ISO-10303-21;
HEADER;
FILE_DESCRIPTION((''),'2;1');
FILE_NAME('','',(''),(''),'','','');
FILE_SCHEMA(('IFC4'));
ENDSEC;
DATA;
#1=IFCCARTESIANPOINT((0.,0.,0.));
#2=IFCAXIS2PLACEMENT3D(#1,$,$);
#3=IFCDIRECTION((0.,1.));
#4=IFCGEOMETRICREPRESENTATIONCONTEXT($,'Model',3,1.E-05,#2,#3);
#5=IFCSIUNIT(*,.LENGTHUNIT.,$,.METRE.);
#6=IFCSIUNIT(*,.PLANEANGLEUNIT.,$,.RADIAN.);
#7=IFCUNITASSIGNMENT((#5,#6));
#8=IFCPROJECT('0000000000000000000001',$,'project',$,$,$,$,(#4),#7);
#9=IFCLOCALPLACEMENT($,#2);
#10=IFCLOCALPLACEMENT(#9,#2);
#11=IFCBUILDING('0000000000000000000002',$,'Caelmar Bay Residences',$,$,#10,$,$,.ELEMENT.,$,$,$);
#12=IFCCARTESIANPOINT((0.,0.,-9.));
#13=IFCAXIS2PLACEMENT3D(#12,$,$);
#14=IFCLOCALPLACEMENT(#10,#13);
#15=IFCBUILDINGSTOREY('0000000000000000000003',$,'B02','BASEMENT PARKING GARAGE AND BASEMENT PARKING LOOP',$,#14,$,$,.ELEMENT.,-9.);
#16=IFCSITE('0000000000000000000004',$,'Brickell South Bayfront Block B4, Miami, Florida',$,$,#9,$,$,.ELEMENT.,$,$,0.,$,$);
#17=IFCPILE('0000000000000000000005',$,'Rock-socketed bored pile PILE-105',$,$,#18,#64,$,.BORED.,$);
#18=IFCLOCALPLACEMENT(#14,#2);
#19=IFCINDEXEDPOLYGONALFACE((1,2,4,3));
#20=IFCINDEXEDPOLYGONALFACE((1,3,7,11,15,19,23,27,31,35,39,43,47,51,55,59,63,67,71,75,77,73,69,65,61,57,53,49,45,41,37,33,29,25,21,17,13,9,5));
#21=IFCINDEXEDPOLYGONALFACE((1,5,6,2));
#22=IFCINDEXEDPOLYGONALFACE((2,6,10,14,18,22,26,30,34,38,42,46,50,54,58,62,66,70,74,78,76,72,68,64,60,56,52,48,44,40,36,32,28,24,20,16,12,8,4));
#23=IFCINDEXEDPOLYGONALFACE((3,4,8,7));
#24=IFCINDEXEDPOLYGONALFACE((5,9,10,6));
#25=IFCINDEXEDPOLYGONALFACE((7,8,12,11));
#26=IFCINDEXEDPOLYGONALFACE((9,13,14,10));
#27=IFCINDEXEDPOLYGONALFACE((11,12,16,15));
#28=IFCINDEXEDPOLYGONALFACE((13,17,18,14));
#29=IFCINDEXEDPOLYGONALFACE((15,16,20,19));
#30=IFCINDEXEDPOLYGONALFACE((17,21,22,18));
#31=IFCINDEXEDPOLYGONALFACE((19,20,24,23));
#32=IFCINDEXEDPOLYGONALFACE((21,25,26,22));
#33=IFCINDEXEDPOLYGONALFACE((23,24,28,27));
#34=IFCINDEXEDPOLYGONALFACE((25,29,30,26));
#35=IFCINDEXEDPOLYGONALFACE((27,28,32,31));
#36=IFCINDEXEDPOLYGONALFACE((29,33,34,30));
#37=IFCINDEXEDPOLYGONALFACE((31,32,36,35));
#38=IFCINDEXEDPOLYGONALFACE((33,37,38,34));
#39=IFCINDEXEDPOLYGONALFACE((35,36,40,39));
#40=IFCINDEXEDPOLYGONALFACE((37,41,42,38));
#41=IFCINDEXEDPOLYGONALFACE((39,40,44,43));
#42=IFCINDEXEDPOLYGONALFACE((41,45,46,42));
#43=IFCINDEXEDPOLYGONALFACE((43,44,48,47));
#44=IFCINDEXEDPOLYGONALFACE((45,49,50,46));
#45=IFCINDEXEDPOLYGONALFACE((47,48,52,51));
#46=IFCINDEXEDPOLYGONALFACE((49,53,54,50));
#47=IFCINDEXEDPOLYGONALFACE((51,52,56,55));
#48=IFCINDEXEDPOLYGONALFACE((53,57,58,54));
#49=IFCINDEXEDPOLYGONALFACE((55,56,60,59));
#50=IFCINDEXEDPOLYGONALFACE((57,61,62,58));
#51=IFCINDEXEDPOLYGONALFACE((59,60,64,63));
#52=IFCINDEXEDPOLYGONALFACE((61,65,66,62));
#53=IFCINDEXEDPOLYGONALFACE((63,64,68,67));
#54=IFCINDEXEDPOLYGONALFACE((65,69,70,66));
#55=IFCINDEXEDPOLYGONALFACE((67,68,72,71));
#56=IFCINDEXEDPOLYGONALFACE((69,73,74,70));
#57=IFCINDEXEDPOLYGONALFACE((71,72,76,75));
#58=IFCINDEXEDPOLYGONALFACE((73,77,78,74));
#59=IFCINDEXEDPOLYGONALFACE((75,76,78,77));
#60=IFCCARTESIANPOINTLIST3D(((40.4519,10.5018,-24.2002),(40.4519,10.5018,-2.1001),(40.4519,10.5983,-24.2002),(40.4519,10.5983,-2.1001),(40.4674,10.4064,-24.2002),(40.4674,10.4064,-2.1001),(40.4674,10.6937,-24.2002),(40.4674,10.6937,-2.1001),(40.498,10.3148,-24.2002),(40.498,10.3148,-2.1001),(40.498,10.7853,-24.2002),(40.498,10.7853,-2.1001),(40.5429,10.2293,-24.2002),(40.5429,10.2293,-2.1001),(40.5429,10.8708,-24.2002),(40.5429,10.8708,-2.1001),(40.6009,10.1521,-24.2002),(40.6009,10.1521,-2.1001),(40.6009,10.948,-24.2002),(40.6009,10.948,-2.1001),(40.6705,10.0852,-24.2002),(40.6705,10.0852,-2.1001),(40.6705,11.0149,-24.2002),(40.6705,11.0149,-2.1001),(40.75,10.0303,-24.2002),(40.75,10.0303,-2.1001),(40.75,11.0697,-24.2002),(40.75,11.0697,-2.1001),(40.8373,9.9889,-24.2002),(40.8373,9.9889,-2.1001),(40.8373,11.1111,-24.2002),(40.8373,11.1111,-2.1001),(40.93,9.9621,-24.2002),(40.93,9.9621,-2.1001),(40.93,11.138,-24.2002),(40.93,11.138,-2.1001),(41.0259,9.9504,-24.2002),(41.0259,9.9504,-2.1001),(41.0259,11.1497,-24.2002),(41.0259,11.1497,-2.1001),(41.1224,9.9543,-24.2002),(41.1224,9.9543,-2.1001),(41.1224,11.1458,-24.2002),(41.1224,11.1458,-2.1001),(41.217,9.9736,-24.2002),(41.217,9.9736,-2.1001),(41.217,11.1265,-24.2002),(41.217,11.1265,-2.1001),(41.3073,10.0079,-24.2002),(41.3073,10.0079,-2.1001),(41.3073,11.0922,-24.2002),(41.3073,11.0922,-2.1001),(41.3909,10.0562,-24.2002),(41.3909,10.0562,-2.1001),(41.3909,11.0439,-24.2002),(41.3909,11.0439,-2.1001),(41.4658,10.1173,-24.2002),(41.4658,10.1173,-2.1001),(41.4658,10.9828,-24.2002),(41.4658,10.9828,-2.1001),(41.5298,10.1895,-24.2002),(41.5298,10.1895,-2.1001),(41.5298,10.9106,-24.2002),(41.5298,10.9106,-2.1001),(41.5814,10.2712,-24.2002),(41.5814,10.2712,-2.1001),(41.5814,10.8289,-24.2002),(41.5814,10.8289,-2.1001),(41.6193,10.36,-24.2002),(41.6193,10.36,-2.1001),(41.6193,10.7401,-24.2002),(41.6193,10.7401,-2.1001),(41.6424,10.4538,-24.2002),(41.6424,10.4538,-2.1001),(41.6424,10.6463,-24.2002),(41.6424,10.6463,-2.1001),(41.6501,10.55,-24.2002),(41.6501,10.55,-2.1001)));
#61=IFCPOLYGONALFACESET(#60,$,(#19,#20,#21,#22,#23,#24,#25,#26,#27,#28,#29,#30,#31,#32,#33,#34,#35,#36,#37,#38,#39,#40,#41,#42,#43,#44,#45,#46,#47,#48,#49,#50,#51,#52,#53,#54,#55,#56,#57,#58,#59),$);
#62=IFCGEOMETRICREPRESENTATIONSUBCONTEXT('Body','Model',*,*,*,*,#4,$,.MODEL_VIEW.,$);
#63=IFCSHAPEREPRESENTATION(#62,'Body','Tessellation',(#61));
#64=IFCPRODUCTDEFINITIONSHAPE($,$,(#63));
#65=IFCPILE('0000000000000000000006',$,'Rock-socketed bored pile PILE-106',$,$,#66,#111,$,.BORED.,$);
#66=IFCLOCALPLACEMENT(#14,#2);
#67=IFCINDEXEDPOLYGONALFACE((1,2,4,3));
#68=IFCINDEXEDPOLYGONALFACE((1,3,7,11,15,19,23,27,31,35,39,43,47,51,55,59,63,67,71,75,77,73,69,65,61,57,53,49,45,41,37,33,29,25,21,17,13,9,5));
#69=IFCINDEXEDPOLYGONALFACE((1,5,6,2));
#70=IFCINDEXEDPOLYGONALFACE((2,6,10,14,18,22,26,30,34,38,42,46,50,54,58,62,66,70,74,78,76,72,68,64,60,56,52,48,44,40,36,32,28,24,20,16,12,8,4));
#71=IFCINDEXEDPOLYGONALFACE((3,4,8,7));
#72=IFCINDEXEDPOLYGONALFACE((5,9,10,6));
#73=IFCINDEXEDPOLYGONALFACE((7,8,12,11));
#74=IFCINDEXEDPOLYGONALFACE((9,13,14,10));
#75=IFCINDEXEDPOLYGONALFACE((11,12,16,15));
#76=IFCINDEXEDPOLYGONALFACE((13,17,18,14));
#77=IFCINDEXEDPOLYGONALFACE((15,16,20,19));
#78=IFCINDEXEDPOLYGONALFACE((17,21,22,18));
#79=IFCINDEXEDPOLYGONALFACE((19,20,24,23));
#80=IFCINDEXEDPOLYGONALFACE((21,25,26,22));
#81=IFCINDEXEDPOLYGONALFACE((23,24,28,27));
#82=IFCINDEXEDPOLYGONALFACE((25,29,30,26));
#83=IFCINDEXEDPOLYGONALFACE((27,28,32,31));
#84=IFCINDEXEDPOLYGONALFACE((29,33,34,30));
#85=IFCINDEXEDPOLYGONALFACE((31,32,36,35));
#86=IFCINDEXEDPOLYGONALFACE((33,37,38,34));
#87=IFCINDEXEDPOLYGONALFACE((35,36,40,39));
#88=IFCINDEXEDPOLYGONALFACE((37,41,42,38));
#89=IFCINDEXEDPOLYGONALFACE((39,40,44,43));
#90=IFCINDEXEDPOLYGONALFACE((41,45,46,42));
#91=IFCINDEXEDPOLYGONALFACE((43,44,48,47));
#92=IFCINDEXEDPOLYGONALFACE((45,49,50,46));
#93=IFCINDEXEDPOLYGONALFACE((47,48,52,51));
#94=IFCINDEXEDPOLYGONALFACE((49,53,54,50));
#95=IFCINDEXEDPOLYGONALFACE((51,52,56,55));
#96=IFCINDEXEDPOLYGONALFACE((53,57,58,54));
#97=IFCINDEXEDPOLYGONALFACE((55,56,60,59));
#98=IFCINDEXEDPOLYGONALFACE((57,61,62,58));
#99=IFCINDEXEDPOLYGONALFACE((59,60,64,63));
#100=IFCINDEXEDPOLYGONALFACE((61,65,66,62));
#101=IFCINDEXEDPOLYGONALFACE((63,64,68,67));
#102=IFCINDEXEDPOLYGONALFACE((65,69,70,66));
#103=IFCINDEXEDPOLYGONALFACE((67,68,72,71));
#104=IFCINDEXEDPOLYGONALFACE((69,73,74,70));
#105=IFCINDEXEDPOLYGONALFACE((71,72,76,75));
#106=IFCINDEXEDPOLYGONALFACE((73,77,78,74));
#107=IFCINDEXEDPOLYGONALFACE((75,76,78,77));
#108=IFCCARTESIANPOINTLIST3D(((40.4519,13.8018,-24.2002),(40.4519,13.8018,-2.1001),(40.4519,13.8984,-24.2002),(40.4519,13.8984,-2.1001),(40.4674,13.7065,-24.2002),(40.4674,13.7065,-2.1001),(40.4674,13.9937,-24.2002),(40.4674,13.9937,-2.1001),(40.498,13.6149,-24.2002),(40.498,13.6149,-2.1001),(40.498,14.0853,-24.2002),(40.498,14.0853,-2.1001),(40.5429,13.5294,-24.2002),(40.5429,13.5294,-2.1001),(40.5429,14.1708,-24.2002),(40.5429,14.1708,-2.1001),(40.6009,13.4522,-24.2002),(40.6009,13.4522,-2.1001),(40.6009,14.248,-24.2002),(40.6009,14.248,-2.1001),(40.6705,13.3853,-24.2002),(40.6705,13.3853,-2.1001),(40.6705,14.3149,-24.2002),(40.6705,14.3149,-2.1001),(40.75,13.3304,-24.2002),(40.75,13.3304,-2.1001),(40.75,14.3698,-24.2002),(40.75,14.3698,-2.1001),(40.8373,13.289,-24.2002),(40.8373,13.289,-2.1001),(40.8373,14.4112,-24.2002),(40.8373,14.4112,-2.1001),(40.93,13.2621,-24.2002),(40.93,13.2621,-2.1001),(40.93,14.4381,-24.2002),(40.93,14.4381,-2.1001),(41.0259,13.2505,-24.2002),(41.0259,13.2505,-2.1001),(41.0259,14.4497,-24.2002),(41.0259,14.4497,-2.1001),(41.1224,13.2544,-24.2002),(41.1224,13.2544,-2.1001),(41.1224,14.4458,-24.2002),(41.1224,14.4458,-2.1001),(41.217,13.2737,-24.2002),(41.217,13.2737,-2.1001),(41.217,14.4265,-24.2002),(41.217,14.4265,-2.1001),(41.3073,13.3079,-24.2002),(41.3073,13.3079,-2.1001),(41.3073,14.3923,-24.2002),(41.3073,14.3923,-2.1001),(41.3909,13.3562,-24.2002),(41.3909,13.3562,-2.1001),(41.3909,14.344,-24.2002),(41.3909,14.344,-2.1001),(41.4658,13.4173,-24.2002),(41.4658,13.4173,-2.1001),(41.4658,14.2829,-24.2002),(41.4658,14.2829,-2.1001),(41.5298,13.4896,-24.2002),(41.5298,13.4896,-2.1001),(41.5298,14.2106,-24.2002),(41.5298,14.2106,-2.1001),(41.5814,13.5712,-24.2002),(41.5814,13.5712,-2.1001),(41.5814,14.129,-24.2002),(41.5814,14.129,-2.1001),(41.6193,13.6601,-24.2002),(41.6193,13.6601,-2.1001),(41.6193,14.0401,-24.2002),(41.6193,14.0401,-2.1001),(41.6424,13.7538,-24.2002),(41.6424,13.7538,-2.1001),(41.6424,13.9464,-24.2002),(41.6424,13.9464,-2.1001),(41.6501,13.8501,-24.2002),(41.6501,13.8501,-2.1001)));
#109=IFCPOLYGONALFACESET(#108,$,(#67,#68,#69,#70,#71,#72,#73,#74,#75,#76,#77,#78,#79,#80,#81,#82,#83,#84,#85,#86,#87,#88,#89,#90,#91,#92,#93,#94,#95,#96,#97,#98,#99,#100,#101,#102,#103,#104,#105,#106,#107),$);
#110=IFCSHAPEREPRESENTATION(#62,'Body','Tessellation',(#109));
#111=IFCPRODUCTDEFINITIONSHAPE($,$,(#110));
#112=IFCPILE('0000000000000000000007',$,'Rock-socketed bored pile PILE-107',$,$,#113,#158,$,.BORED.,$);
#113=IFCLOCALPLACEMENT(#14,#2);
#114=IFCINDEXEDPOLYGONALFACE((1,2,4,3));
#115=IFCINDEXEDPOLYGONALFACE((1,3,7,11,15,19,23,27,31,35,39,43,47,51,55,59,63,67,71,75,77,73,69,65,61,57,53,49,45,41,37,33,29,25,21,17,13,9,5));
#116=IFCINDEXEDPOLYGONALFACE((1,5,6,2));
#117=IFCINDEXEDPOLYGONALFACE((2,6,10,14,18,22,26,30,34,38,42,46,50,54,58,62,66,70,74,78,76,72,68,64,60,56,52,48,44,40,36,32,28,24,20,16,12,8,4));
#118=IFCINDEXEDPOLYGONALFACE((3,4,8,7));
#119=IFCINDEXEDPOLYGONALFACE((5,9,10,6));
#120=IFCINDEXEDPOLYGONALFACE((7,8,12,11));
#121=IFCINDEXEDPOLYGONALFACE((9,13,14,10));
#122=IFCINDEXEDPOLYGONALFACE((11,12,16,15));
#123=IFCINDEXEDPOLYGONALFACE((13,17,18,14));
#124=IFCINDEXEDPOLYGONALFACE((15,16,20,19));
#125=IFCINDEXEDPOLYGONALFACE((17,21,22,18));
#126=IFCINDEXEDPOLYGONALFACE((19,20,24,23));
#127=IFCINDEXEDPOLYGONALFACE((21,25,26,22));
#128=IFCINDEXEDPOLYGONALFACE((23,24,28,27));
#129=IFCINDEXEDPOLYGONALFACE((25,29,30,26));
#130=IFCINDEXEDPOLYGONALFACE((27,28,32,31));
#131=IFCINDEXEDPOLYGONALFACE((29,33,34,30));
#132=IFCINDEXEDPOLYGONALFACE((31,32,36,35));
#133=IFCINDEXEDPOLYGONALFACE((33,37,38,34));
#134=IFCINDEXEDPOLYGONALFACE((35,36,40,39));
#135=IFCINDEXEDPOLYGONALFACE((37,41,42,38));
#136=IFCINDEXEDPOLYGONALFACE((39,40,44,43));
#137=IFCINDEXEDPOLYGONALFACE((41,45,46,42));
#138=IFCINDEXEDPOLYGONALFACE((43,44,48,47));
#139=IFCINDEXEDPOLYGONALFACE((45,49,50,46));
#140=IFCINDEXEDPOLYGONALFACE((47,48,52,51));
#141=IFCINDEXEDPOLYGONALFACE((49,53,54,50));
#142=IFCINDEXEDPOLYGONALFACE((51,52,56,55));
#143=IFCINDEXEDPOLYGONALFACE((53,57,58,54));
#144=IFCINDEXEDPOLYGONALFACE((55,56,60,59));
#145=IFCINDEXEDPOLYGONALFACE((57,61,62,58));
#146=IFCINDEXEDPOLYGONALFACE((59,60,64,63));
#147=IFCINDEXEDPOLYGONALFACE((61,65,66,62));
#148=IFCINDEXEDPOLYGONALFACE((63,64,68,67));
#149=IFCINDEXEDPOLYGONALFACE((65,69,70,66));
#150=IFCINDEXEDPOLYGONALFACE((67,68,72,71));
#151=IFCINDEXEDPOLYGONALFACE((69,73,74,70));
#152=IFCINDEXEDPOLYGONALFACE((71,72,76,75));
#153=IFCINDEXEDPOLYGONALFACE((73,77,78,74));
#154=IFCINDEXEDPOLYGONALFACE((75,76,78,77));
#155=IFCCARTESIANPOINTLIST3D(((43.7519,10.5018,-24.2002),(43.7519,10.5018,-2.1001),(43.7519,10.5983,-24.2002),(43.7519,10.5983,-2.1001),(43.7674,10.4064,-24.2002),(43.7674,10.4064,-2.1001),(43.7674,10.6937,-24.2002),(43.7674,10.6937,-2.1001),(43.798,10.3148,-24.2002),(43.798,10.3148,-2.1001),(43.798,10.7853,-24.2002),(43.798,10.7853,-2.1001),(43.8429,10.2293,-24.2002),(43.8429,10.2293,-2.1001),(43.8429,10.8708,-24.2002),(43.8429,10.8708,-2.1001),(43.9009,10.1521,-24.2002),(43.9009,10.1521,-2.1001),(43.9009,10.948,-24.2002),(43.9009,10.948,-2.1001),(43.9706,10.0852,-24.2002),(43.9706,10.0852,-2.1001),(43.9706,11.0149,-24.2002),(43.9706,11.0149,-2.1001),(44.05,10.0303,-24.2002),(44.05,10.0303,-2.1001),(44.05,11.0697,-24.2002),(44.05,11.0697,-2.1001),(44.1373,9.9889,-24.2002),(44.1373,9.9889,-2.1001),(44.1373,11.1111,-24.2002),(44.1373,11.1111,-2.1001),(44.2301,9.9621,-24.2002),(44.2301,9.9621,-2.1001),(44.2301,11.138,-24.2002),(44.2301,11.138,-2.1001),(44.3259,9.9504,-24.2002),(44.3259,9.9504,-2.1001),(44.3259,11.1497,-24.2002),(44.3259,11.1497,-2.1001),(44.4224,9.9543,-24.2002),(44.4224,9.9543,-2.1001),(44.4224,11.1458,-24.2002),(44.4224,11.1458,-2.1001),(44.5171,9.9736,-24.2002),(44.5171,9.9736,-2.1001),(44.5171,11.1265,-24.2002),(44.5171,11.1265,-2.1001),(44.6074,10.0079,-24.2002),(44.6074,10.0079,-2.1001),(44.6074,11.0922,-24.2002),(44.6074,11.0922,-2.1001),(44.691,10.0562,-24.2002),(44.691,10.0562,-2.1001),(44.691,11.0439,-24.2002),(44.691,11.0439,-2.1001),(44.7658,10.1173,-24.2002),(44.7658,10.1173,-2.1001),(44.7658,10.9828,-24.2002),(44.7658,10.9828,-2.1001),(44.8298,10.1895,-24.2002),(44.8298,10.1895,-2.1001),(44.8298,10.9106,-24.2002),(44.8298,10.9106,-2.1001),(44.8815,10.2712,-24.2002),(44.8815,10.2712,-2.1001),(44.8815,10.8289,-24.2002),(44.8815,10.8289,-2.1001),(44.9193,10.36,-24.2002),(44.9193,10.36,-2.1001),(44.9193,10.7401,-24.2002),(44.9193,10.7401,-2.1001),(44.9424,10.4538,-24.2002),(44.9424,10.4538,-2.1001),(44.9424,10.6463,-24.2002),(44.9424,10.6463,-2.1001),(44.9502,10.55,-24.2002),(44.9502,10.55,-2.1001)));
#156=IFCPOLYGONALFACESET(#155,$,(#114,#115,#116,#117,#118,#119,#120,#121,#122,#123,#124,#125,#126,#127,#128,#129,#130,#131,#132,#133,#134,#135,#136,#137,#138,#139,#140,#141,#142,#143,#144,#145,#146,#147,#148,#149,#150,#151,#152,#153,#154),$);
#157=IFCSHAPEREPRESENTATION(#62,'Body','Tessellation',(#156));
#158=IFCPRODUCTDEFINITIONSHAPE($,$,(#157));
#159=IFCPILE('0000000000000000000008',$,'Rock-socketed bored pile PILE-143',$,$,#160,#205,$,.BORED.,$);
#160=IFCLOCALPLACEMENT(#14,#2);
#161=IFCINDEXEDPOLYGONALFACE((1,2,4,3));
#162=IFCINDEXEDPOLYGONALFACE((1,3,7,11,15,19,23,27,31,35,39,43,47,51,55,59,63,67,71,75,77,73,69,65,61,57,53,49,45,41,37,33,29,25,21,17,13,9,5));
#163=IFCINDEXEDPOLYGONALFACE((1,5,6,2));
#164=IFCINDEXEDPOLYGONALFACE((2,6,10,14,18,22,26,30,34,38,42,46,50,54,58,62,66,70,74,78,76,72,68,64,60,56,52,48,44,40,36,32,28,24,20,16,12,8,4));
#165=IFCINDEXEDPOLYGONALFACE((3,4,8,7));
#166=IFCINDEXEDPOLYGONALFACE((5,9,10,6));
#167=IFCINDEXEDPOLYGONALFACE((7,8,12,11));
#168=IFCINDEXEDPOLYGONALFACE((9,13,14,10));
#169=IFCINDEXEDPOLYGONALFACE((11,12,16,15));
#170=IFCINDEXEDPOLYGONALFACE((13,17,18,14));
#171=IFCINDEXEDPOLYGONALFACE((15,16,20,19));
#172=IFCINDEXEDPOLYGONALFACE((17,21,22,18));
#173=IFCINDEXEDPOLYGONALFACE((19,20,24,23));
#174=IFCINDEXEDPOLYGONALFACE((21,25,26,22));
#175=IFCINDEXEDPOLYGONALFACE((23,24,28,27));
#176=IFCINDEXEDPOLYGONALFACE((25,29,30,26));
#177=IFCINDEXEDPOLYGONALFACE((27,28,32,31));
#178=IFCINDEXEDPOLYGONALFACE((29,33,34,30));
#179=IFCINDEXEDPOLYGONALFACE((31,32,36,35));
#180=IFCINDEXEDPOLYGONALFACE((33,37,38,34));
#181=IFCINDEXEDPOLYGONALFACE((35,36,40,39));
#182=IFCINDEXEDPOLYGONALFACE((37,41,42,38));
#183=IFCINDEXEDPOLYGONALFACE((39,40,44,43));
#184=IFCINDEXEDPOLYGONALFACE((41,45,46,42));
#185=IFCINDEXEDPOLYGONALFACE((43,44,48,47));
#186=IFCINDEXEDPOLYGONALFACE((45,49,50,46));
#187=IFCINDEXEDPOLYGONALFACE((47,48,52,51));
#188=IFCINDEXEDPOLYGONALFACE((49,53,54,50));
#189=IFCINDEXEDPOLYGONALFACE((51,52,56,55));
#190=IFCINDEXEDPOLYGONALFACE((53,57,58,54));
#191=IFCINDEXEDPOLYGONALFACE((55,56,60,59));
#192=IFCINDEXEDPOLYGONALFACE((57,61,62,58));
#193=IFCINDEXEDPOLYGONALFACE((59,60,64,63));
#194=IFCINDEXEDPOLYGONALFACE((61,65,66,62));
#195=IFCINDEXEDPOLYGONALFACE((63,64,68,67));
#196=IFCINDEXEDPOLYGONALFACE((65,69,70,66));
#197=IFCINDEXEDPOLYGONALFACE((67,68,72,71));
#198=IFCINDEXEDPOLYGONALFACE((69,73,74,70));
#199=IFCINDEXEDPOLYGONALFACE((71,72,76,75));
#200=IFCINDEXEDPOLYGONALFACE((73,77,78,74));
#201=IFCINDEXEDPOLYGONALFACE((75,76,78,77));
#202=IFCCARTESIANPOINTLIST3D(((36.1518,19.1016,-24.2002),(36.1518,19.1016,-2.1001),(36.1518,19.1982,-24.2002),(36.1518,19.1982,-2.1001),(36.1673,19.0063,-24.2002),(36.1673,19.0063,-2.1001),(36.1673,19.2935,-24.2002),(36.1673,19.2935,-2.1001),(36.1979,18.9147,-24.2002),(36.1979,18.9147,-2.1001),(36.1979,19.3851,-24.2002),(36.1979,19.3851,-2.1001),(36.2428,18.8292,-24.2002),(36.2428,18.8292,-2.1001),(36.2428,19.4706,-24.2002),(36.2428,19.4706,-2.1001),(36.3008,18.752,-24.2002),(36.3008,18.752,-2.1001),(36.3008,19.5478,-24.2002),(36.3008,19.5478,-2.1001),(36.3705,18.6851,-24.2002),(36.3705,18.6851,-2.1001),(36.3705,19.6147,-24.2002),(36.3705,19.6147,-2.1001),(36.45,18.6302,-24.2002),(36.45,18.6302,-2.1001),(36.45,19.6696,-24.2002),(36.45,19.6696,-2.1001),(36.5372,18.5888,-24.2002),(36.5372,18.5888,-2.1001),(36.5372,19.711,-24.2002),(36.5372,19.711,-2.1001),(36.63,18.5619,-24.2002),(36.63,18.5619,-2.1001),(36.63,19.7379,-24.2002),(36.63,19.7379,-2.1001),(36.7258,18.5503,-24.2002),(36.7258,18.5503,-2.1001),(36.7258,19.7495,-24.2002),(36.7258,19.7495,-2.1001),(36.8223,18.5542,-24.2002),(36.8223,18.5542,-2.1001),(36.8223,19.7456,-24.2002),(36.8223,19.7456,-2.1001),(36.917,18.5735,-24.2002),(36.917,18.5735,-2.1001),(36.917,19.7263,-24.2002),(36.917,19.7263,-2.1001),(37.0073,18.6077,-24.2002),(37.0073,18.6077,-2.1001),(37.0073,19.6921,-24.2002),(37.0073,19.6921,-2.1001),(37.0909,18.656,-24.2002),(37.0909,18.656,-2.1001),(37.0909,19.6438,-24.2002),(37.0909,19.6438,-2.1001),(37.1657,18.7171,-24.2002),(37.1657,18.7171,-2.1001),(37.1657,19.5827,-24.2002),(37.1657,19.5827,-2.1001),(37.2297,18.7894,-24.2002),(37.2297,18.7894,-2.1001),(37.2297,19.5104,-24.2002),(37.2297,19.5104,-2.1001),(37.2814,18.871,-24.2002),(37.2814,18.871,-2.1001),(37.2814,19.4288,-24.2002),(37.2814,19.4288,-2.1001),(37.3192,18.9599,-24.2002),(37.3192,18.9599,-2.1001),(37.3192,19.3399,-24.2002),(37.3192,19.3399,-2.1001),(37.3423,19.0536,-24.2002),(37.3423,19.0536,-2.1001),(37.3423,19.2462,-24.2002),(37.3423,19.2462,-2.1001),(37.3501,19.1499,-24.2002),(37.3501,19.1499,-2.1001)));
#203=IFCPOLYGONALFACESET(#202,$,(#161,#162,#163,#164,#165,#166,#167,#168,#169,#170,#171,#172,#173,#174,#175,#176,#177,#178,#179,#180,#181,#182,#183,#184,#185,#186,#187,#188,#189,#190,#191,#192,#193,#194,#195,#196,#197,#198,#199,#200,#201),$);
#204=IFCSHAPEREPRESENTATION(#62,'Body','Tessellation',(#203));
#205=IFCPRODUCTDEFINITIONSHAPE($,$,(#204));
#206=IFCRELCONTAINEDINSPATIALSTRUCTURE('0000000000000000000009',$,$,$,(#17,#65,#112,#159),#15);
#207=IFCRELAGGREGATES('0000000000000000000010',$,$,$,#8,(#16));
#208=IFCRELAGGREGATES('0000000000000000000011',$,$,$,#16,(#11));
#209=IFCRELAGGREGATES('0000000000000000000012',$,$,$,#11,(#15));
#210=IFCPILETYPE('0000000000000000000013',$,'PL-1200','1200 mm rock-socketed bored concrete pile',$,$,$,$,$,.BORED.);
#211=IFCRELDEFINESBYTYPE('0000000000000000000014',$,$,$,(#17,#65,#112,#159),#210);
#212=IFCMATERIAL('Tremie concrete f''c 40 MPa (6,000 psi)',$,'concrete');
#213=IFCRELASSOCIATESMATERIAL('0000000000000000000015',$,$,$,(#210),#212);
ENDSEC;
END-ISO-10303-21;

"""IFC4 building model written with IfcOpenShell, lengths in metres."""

from ifc_helpers import new_model, si_unit, direction, frame, origin, origin_2d, place, context, subcontext, project, spatial, circle, extrude, material, material_profile, profile_set, type_object, element, save


model = new_model("IFC4")

# Units and contexts
model_context = context("Model", 3, precision=1e-05, world=origin(), true_north=direction((0.0, 1.0)))
body_context = subcontext(model_context, "Body", "Model", "MODEL_VIEW")
ifc_project = project(units=[si_unit("LENGTHUNIT", "METRE"), si_unit("PLANEANGLEUNIT", "RADIAN")], contexts=[model_context])

# Site, building, storey
site_placement = place(None, origin())
site = spatial("IfcSite", under=ifc_project, at=site_placement, Name="Brickell South Bayfront Block B4, Miami, Florida", CompositionType="ELEMENT", RefElevation=0.0)
building_placement = place(site_placement, origin())
building = spatial("IfcBuilding", under=site, at=building_placement, Name="Caelmar Bay Residences", CompositionType="ELEMENT")
storey_placement = place(building_placement, frame((0.0, 0.0, -9.0)))
storey = spatial("IfcBuildingStorey", under=building, at=storey_placement, Name="B02", Description="BASEMENT PARKING GARAGE AND BASEMENT PARKING LOOP", CompositionType="ELEMENT", Elevation=-9.0)

# Piles
ifc_material_1 = material(Name="Tremie concrete f'c 40 MPa (6,000 psi)", Category="concrete")
ifc_material_profile_1 = material_profile(ifc_material_1, circle(Radius=0.6001, at=origin_2d()), Name="PILE-1200D")
ifc_profile_set_1 = profile_set([ifc_material_profile_1], Name="Tremie concrete f'c 40 MPa (6,000 psi)")
pile_type = type_object("IfcPileType", Name="PL-1200", Description="1200 mm rock-socketed bored concrete pile", PredefinedType="BORED", material=ifc_profile_set_1)
for number, where, z_axis, x_axis, name in (
    (1, (41.05, 10.55, -2.1001), (0.0, 0.0, -1.0), (1.0, 0.0, 0.0), "Rock-socketed bored pile PILE-105"),
    (2, (41.05, 13.8501, -2.1001), (0.0, 0.0, -1.0), (1.0, 0.0, 0.0), "Rock-socketed bored pile PILE-106"),
    (3, (44.3501, 10.55, -2.1001), (0.0, 0.0, -1.0), (1.0, 0.0, 0.0), "Rock-socketed bored pile PILE-107"),
    (4, (36.75, 19.1499, -2.1001), (0.0, 0.0, -1.0), (1.0, 0.0, 0.0), "Rock-socketed bored pile PILE-143"),
):
    element("IfcPile", number, at=place(storey_placement, frame(where, z_axis=z_axis, x_axis=x_axis)), inside=storey, type_object=pile_type, Name=name, PredefinedType="BORED", context=body_context, shape_type="SweptSolid", body=[
        extrude(circle(Radius=0.6001, at=origin_2d()), origin(), (0.0, 0.0, 1.0), 22.1001),
    ])

save(model, "model.ifc")
